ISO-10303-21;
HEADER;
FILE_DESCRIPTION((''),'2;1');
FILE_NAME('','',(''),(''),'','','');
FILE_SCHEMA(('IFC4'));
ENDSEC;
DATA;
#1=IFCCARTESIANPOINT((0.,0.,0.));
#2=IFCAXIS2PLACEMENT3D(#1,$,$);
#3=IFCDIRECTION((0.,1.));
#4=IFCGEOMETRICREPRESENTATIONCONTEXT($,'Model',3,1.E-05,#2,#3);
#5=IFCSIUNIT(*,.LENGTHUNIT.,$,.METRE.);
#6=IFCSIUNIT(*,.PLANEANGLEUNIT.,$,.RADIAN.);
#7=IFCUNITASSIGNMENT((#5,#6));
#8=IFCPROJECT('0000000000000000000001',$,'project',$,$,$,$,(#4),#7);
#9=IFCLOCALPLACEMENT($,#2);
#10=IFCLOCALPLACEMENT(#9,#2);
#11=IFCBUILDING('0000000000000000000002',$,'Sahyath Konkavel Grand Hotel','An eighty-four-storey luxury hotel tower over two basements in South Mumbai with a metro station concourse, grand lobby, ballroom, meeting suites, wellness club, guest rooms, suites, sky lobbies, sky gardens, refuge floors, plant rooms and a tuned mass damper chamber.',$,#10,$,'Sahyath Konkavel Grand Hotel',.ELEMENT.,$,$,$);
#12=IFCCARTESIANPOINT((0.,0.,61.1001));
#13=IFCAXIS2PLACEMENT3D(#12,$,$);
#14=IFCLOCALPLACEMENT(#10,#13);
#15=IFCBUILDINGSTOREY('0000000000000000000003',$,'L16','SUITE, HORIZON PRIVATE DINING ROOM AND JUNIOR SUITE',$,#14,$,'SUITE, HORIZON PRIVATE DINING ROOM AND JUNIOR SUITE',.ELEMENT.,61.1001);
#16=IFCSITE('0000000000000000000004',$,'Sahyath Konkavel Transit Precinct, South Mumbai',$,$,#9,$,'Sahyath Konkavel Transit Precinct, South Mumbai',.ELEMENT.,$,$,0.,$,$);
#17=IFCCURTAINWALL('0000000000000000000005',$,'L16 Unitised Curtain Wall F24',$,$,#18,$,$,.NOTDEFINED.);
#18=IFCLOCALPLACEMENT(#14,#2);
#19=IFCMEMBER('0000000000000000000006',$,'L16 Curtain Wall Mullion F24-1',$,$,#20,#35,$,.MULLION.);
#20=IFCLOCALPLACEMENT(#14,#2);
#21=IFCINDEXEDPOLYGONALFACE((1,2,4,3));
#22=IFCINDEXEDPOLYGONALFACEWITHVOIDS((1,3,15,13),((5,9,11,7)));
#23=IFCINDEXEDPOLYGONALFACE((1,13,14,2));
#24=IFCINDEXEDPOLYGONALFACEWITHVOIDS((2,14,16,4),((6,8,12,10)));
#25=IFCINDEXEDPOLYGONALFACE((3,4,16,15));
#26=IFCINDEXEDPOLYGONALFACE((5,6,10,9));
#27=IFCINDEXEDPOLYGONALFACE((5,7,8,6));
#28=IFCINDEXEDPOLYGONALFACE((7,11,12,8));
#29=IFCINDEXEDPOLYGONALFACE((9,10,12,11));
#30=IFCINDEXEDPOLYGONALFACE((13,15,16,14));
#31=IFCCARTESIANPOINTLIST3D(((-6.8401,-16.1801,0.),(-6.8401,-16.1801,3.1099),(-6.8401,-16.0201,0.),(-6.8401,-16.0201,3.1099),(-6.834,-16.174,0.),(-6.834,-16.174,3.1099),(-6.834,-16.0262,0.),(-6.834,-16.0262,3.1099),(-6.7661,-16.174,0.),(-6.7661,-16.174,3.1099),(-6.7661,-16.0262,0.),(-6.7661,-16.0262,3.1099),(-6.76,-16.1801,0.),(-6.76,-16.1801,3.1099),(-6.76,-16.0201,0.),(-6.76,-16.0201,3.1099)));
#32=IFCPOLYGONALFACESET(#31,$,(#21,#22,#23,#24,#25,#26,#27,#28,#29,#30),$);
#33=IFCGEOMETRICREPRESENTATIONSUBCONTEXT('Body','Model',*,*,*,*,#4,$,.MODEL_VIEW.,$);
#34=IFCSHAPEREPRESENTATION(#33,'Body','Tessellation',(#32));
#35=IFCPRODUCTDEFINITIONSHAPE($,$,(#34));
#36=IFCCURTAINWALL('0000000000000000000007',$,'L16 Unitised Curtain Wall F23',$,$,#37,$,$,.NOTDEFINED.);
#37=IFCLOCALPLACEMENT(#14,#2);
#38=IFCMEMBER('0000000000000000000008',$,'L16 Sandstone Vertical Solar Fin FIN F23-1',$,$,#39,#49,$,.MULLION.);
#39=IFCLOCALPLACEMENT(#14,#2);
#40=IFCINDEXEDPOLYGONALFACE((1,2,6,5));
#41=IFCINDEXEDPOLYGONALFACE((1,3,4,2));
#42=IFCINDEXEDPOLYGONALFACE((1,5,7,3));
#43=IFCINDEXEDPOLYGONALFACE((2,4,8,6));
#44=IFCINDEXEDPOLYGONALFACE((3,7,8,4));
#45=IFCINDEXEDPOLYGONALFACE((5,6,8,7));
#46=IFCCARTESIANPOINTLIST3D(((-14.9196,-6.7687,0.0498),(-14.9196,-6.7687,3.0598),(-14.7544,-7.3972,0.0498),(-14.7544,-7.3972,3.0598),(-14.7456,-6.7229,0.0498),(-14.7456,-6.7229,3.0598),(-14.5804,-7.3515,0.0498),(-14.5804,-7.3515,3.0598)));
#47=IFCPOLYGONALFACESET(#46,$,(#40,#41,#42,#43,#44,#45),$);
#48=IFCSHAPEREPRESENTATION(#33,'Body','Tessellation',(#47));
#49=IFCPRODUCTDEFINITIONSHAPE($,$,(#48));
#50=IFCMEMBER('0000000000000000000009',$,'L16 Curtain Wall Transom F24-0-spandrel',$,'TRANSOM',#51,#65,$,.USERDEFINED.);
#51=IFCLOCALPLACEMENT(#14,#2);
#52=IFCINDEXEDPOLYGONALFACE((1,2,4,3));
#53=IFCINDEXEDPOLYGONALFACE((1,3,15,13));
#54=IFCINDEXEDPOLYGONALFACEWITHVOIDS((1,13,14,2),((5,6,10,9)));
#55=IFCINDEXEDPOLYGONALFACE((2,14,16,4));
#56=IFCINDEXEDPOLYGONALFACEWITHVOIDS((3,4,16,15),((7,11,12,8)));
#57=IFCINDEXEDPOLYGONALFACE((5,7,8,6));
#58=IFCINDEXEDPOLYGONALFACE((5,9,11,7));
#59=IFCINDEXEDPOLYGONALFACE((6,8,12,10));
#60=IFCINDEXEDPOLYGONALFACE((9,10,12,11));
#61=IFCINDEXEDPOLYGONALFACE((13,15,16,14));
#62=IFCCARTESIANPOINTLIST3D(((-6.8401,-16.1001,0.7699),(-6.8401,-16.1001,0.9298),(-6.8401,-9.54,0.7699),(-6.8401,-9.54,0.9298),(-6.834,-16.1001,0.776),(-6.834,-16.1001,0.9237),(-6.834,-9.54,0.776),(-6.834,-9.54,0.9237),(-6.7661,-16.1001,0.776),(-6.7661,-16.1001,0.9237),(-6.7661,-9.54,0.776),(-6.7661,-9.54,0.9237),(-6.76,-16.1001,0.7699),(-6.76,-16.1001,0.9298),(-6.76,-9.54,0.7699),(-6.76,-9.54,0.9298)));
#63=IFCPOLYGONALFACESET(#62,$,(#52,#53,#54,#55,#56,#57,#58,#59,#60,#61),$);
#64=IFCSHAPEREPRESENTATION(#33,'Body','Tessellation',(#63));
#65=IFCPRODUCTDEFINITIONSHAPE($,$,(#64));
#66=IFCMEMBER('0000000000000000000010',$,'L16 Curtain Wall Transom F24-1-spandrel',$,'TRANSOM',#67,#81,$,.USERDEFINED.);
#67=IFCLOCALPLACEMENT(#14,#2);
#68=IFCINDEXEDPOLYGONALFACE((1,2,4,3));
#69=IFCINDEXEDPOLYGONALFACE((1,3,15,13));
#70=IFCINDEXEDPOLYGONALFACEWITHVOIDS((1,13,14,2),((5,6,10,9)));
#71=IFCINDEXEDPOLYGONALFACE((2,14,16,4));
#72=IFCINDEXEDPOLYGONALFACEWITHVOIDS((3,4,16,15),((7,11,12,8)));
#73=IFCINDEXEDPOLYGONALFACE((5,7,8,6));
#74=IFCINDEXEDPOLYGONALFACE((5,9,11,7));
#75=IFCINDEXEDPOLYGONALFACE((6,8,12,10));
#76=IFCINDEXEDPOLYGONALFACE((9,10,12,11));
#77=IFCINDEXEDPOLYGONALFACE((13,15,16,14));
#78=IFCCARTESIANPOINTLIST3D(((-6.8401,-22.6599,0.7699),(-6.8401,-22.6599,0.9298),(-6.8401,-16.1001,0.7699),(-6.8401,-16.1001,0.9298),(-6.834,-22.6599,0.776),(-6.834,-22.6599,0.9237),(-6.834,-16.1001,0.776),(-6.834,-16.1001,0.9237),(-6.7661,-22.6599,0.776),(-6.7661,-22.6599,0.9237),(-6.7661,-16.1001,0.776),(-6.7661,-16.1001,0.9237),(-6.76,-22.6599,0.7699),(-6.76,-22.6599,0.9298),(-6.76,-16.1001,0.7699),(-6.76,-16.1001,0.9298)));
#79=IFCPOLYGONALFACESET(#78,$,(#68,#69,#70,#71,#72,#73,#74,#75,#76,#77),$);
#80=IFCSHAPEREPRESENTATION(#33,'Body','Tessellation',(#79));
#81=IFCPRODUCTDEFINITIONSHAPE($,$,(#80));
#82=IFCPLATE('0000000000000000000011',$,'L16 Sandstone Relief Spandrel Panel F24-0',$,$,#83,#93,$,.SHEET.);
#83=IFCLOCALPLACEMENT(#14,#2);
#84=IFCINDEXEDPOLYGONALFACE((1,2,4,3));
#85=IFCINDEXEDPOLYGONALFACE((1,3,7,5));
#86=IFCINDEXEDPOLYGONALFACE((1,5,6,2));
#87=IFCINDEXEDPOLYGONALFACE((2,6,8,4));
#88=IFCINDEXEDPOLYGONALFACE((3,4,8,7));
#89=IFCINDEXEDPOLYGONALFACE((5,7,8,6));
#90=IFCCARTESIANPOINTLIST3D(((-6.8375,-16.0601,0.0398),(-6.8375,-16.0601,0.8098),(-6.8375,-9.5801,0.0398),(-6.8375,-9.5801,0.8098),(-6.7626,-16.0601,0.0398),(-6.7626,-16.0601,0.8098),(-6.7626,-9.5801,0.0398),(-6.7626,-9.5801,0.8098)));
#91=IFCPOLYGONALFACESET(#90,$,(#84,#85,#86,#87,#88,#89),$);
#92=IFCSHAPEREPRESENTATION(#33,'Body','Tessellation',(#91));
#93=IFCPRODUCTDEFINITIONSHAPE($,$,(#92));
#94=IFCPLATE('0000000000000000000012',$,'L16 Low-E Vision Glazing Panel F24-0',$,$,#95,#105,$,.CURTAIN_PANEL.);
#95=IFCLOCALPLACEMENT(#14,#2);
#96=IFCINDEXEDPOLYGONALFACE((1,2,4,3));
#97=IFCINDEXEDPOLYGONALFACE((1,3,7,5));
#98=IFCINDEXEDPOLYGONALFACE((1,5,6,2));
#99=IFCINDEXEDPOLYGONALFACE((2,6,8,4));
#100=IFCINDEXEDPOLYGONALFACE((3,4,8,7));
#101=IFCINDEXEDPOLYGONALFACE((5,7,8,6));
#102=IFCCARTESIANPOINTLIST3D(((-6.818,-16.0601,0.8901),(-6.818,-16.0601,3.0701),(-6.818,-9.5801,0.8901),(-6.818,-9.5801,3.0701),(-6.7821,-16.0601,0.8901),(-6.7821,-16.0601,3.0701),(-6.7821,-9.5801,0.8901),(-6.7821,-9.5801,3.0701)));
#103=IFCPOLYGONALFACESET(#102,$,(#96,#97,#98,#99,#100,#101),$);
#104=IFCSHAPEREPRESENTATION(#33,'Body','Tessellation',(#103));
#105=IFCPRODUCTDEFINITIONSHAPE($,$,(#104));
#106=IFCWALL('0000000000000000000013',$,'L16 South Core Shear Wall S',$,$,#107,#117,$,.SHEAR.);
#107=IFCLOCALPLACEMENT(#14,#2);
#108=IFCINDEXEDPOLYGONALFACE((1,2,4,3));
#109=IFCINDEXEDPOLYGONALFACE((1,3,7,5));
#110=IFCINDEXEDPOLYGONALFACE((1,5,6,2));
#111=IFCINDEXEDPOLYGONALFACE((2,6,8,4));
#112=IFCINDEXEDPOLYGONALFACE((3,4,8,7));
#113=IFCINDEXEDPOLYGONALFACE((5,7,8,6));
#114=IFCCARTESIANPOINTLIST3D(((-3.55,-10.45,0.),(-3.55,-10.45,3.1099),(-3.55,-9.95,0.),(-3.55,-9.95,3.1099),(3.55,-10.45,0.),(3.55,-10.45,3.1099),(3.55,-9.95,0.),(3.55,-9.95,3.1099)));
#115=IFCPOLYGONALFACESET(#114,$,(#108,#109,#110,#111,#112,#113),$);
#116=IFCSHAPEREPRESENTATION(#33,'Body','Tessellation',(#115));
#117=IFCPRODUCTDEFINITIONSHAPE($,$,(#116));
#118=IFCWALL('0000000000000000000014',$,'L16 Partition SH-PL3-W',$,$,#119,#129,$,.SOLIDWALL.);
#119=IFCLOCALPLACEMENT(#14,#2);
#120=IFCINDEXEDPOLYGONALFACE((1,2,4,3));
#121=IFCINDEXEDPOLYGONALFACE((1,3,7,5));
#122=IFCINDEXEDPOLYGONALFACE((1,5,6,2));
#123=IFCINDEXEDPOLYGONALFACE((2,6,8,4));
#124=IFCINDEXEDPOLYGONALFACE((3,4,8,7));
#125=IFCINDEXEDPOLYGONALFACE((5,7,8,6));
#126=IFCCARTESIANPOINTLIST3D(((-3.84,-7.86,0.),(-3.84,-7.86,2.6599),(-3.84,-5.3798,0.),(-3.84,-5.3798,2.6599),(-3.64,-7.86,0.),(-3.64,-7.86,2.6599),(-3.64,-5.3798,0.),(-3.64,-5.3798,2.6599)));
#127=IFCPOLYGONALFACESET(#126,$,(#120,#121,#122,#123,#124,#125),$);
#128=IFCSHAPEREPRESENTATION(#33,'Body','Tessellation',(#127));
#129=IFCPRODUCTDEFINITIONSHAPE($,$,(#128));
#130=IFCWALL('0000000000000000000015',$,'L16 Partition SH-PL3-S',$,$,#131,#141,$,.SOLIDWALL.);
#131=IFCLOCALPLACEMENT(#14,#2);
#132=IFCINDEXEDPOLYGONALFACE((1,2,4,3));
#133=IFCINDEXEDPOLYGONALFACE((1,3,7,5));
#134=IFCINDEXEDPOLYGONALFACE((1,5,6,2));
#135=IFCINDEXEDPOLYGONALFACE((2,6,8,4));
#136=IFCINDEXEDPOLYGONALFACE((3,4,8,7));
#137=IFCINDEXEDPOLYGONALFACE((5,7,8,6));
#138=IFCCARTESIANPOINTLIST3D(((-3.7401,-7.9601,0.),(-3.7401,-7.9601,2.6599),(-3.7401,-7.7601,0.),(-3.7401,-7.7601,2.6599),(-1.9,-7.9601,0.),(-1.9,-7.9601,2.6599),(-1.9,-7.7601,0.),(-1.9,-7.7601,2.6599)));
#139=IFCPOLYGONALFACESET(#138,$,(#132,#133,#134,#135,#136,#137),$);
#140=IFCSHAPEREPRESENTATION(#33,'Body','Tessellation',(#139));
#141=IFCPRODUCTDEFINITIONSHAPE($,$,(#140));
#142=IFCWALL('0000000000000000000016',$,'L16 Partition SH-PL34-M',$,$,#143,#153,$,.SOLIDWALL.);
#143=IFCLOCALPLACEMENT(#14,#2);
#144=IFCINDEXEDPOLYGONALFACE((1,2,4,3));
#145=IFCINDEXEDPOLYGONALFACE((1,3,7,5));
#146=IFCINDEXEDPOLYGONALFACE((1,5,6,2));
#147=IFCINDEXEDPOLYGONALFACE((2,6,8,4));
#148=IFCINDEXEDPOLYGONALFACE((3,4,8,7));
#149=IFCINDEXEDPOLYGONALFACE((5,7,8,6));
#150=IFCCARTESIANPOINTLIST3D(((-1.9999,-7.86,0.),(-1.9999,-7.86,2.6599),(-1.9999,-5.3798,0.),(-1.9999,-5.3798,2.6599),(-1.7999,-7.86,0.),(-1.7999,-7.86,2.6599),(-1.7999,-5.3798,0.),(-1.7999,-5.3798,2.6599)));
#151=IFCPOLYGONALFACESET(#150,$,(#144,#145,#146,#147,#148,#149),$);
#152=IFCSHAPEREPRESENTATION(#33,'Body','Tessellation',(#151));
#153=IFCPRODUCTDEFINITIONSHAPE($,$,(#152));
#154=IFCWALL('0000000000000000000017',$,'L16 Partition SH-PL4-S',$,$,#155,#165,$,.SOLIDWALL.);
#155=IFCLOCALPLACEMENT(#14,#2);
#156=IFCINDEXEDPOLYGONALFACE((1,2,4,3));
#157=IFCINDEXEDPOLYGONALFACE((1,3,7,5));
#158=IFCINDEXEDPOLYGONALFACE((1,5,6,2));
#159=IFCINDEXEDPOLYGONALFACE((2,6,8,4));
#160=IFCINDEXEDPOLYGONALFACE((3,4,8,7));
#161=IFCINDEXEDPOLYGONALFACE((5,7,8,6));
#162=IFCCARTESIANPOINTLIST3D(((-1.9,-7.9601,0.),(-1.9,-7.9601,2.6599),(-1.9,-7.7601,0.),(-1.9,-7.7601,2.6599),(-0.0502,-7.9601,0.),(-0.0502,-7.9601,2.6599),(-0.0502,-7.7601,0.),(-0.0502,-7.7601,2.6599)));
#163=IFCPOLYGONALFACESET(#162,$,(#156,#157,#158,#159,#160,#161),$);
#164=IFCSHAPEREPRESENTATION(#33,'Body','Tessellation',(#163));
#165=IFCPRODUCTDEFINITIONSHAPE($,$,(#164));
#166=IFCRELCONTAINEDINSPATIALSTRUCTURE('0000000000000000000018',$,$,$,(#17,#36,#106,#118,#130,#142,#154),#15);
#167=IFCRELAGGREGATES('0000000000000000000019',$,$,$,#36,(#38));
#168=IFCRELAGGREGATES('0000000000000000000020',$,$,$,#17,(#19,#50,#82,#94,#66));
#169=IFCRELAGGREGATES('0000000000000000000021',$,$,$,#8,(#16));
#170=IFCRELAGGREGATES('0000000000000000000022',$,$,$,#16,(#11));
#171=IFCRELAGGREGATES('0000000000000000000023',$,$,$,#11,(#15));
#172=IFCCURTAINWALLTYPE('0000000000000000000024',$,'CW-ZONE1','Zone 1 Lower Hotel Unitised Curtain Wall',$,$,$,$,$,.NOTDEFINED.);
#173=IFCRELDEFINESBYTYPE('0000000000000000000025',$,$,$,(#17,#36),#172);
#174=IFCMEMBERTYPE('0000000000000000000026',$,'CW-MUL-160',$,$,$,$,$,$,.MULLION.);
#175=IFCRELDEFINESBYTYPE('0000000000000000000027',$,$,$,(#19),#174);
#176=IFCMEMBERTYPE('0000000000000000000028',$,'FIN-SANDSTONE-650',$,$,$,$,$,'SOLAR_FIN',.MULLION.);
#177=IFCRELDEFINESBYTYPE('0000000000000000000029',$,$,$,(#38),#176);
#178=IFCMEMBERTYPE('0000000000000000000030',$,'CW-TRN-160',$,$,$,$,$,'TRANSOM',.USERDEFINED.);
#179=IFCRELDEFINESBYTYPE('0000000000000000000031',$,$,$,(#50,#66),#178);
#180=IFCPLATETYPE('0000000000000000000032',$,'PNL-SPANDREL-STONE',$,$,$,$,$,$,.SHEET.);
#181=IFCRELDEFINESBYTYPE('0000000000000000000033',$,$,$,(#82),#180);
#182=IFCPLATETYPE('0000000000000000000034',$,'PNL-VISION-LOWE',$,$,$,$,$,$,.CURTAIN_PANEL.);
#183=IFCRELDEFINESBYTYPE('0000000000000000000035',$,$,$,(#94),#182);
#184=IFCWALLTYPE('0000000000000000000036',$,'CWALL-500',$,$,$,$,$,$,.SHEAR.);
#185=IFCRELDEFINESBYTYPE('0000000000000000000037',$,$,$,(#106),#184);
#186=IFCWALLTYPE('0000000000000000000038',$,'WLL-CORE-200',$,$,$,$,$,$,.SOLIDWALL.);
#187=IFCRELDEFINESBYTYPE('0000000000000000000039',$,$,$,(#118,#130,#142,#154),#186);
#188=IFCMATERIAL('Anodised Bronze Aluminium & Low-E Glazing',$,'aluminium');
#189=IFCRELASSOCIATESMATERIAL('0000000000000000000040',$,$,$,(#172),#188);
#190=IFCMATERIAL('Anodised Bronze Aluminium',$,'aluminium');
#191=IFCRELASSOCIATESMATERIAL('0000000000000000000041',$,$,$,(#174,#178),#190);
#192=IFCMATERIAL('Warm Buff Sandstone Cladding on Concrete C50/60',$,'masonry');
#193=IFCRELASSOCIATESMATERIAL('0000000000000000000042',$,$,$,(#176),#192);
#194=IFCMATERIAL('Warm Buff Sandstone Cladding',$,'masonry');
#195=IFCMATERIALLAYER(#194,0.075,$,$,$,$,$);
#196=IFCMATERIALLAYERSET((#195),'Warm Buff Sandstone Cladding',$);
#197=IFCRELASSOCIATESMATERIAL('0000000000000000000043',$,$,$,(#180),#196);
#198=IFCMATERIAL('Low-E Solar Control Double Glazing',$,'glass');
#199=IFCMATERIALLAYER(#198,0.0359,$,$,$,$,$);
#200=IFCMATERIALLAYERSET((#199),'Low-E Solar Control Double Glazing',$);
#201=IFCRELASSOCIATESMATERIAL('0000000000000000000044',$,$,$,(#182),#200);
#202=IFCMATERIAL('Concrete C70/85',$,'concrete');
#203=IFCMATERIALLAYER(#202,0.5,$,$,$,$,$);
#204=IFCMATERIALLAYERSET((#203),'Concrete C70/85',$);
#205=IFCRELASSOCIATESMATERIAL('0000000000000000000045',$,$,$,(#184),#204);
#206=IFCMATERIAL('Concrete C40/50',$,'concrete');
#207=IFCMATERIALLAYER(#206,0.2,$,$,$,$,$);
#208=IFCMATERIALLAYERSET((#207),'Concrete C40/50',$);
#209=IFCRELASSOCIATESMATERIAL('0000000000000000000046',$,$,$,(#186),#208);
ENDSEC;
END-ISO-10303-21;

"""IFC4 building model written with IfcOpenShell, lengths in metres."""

from ifc_helpers import new_model, si_unit, direction, frame, frame_2d, origin, origin_2d, place, context, subcontext, project, spatial, rectangle, hollow_rectangle, extrude, source, transform, mapped, material, layer, layer_set, material_profile, profile_set, type_object, element, aggregate, save


model = new_model("IFC4")

# Units and contexts
model_context = context("Model", 3, precision=1e-05, world=origin(), true_north=direction((0.0, 1.0)))
body_context = subcontext(model_context, "Body", "Model", "MODEL_VIEW")
ifc_project = project(units=[si_unit("LENGTHUNIT", "METRE"), si_unit("PLANEANGLEUNIT", "RADIAN")], contexts=[model_context])

# Site, building, storey
site_placement = place(None, origin())
site = spatial("IfcSite", under=ifc_project, at=site_placement, Name="Sahyath Konkavel Transit Precinct, South Mumbai", LongName="Sahyath Konkavel Transit Precinct, South Mumbai", CompositionType="ELEMENT", RefElevation=0.0)
building_placement = place(site_placement, origin())
building = spatial("IfcBuilding", under=site, at=building_placement, Name="Sahyath Konkavel Grand Hotel", Description="An eighty-four-storey luxury hotel tower over two basements in South Mumbai with a metro station concourse, grand lobby, ballroom, meeting suites, wellness club, guest rooms, suites, sky lobbies, sky gardens, refuge floors, plant rooms and a tuned mass damper chamber.", LongName="Sahyath Konkavel Grand Hotel", CompositionType="ELEMENT")
storey_placement = place(building_placement, frame((0.0, 0.0, 61.1001)))
storey = spatial("IfcBuildingStorey", under=building, at=storey_placement, Name="L16", Description="SUITE, HORIZON PRIVATE DINING ROOM AND JUNIOR SUITE", LongName="SUITE, HORIZON PRIVATE DINING ROOM AND JUNIOR SUITE", CompositionType="ELEMENT", Elevation=61.1001)

# Shared definitions
ifc_material_1 = material(Name="Concrete C70/85", Category="concrete")

# Curtain wall, member
ifc_material_2 = material(Name="Anodised Bronze Aluminium & Low-E Glazing", Category="aluminium")
curtain_wall_type = type_object("IfcCurtainWallType", Name="CW-ZONE1", Description="Zone 1 Lower Hotel Unitised Curtain Wall", PredefinedType="NOTDEFINED", material=ifc_material_2)
curtain_wall_1_placement = place(storey_placement, origin())
curtain_wall_1 = element("IfcCurtainWall", 1, at=curtain_wall_1_placement, inside=storey, type_object=curtain_wall_type, Name="L16 Unitised Curtain Wall F24", PredefinedType="NOTDEFINED")
ifc_material_3 = material(Name="Anodised Bronze Aluminium", Category="aluminium")
ifc_material_profile_1 = material_profile(ifc_material_3, hollow_rectangle(XDim=0.0801, YDim=0.1599, WallThickness=0.0061, at=origin_2d()), Name="RHS 160x80x6")
ifc_profile_set_1 = profile_set([ifc_material_profile_1], Name="Anodised Bronze Aluminium")
member_type_1 = type_object("IfcMemberType", Name="CW-MUL-160", PredefinedType="MULLION", material=ifc_profile_set_1)
shared_shape_1 = source(origin(), body_context, "Body", "SweptSolid", [
    extrude(hollow_rectangle(XDim=0.0801, YDim=0.1599, WallThickness=0.0061, at=origin_2d()), origin(), (0.0, 0.0, 1.0), 3.1099),
])
member_1_placement = place(storey_placement, frame((-6.8, -16.1001, 0.0), z_axis=(0.0, 0.0, 1.0), x_axis=(1.0, 0.0, 0.0)))
member_1 = element("IfcMember", 2, at=member_1_placement, type_object=member_type_1, Name="L16 Curtain Wall Mullion F24-1", PredefinedType="MULLION", context=body_context, shape_type="MappedRepresentation", body=[
    mapped(shared_shape_1, transform((0.0, 0.0, 0.0), scale=1.0)),
])

# Curtain wall, member
curtain_wall_2_placement = place(storey_placement, origin())
curtain_wall_2 = element("IfcCurtainWall", 3, at=curtain_wall_2_placement, inside=storey, type_object=curtain_wall_type, Name="L16 Unitised Curtain Wall F23", PredefinedType="NOTDEFINED")
ifc_material_4 = material(Name="Warm Buff Sandstone Cladding on Concrete C50/60", Category="masonry")
ifc_material_profile_2 = material_profile(ifc_material_4, rectangle(XDim=0.1799, YDim=0.6499, at=origin_2d()), Name="FIN 180x650")
ifc_profile_set_2 = profile_set([ifc_material_profile_2], Name="Warm Buff Sandstone Cladding on Concrete C50/60")
member_type_2 = type_object("IfcMemberType", Name="FIN-SANDSTONE-650", ElementType="SOLAR_FIN", PredefinedType="MULLION", material=ifc_profile_set_2)
shared_shape_2 = source(origin(), body_context, "Body", "SweptSolid", [
    extrude(rectangle(XDim=0.1799, YDim=0.6499, at=origin_2d()), origin(), (0.0, 0.0, 1.0), 3.01),
])
member_2_placement = place(storey_placement, frame((-14.75, -7.0601, 0.0498), z_axis=(0.0, 0.0, 1.0), x_axis=(0.967135, 0.254264, 0.0)))
member_2 = element("IfcMember", 4, at=member_2_placement, type_object=member_type_2, Name="L16 Sandstone Vertical Solar Fin FIN F23-1", PredefinedType="MULLION", context=body_context, shape_type="MappedRepresentation", body=[
    mapped(shared_shape_2, transform((0.0, 0.0, 0.0), scale=1.0)),
])
aggregate(curtain_wall_2, [member_2])

# Members
ifc_material_profile_3 = material_profile(ifc_material_3, hollow_rectangle(XDim=0.0801, YDim=0.1599, WallThickness=0.0061, at=origin_2d()), Name="RHS 160x80x6")
ifc_profile_set_3 = profile_set([ifc_material_profile_3], Name="Anodised Bronze Aluminium")
member_type_3 = type_object("IfcMemberType", Name="CW-TRN-160", ElementType="TRANSOM", PredefinedType="USERDEFINED", material=ifc_profile_set_3)
shared_shape_3 = source(origin(), body_context, "Body", "SweptSolid", [
    extrude(hollow_rectangle(XDim=0.0801, YDim=0.1599, WallThickness=0.0061, at=origin_2d()), origin(), (0.0, 0.0, 1.0), 6.5601),
])
member_3_placement = place(storey_placement, frame((-6.8, -9.54, 0.8499), z_axis=(0.0, -1.0, 0.0), x_axis=(1.0, 0.0, 0.0)))
member_3 = element("IfcMember", 5, at=member_3_placement, type_object=member_type_3, Name="L16 Curtain Wall Transom F24-0-spandrel", ObjectType="TRANSOM", PredefinedType="USERDEFINED", context=body_context, shape_type="MappedRepresentation", body=[
    mapped(shared_shape_3, transform((0.0, 0.0, 0.0), scale=1.0)),
])
shared_shape_4 = source(origin(), body_context, "Body", "SweptSolid", [
    extrude(hollow_rectangle(XDim=0.0801, YDim=0.1599, WallThickness=0.0061, at=origin_2d()), origin(), (0.0, 0.0, 1.0), 6.5598),
])
member_4_placement = place(storey_placement, frame((-6.8, -16.1001, 0.8499), z_axis=(0.0, -1.0, 0.0), x_axis=(1.0, 0.0, 0.0)))
member_4 = element("IfcMember", 6, at=member_4_placement, type_object=member_type_3, Name="L16 Curtain Wall Transom F24-1-spandrel", ObjectType="TRANSOM", PredefinedType="USERDEFINED", context=body_context, shape_type="MappedRepresentation", body=[
    mapped(shared_shape_4, transform((0.0, 0.0, 0.0), scale=1.0)),
])

# Plates
ifc_material_5 = material(Name="Warm Buff Sandstone Cladding", Category="masonry")
ifc_layer_1 = layer(ifc_material_5, 0.075)
ifc_layer_set_1 = layer_set([ifc_layer_1], Name="Warm Buff Sandstone Cladding")
plate_type_1 = type_object("IfcPlateType", Name="PNL-SPANDREL-STONE", PredefinedType="SHEET", material=ifc_layer_set_1)
shared_shape_5 = source(origin(), body_context, "Body", "SweptSolid", [
    extrude(rectangle(XDim=6.48, YDim=0.075, at=origin_2d()), origin(), (0.0, 0.0, 1.0), 0.77),
])
plate_1_placement = place(storey_placement, frame((-6.8, -12.8201, 0.0398), z_axis=(0.0, 0.0, 1.0), x_axis=(0.0, -1.0, 0.0)))
plate_1 = element("IfcPlate", 7, at=plate_1_placement, type_object=plate_type_1, Name="L16 Sandstone Relief Spandrel Panel F24-0", PredefinedType="SHEET", context=body_context, shape_type="MappedRepresentation", body=[
    mapped(shared_shape_5, transform((0.0, 0.0, 0.0), scale=1.0)),
])
ifc_material_6 = material(Name="Low-E Solar Control Double Glazing", Category="glass")
ifc_layer_2 = layer(ifc_material_6, 0.0359)
ifc_layer_set_2 = layer_set([ifc_layer_2], Name="Low-E Solar Control Double Glazing")
plate_type_2 = type_object("IfcPlateType", Name="PNL-VISION-LOWE", PredefinedType="CURTAIN_PANEL", material=ifc_layer_set_2)
shared_shape_6 = source(origin(), body_context, "Body", "SweptSolid", [
    extrude(rectangle(XDim=6.48, YDim=0.0359, at=origin_2d()), origin(), (0.0, 0.0, 1.0), 2.1799),
])
plate_2_placement = place(storey_placement, frame((-6.8, -12.8201, 0.8901), z_axis=(0.0, 0.0, 1.0), x_axis=(0.0, -1.0, 0.0)))
plate_2 = element("IfcPlate", 8, at=plate_2_placement, type_object=plate_type_2, Name="L16 Low-E Vision Glazing Panel F24-0", PredefinedType="CURTAIN_PANEL", context=body_context, shape_type="MappedRepresentation", body=[
    mapped(shared_shape_6, transform((0.0, 0.0, 0.0), scale=1.0)),
])
aggregate(curtain_wall_1, [member_1, member_3, plate_1, plate_2, member_4])

# Walls
ifc_layer_3 = layer(ifc_material_1, 0.5)
ifc_layer_set_3 = layer_set([ifc_layer_3], Name="Concrete C70/85")
wall_type_1 = type_object("IfcWallType", Name="CWALL-500", PredefinedType="SHEAR", material=ifc_layer_set_3)
wall_1_placement = place(storey_placement, frame((-3.55, -10.2, 0.0), z_axis=(0.0, 0.0, 1.0), x_axis=(1.0, 0.0, 0.0)))
element("IfcWall", 9, at=wall_1_placement, inside=storey, type_object=wall_type_1, Name="L16 South Core Shear Wall S", PredefinedType="SHEAR", context=body_context, shape_type="SweptSolid", body=[
    extrude(rectangle(XDim=7.1001, YDim=0.5, at=frame_2d((3.55, 0.0))), origin(), (0.0, 0.0, 1.0), 3.1099),
])
ifc_material_7 = material(Name="Concrete C40/50", Category="concrete")
ifc_layer_4 = layer(ifc_material_7, 0.2)
ifc_layer_set_4 = layer_set([ifc_layer_4], Name="Concrete C40/50")
wall_type_2 = type_object("IfcWallType", Name="WLL-CORE-200", PredefinedType="SOLIDWALL", material=ifc_layer_set_4)
wall_2_placement = place(storey_placement, frame((-3.74, -7.8601, 0.0), z_axis=(0.0, 0.0, 1.0), x_axis=(0.0, 1.0, 0.0)))
element("IfcWall", 10, at=wall_2_placement, inside=storey, type_object=wall_type_2, Name="L16 Partition SH-PL3-W", PredefinedType="SOLIDWALL", context=body_context, shape_type="SweptSolid", body=[
    extrude(rectangle(XDim=2.4802, YDim=0.2, at=frame_2d((1.2402, 0.0))), origin(), (0.0, 0.0, 1.0), 2.6599),
])
wall_3_placement = place(storey_placement, frame((-3.74, -7.8601, 0.0), z_axis=(0.0, 0.0, 1.0), x_axis=(1.0, 0.0, 0.0)))
element("IfcWall", 11, at=wall_3_placement, inside=storey, type_object=wall_type_2, Name="L16 Partition SH-PL3-S", PredefinedType="SOLIDWALL", context=body_context, shape_type="SweptSolid", body=[
    extrude(rectangle(XDim=1.8401, YDim=0.2, at=frame_2d((0.9199, 0.0))), origin(), (0.0, 0.0, 1.0), 2.6599),
])
wall_4_placement = place(storey_placement, frame((-1.8999, -7.8601, 0.0), z_axis=(0.0, 0.0, 1.0), x_axis=(0.0, 1.0, 0.0)))
element("IfcWall", 12, at=wall_4_placement, inside=storey, type_object=wall_type_2, Name="L16 Partition SH-PL34-M", PredefinedType="SOLIDWALL", context=body_context, shape_type="SweptSolid", body=[
    extrude(rectangle(XDim=2.4802, YDim=0.2, at=frame_2d((1.2402, 0.0))), origin(), (0.0, 0.0, 1.0), 2.6599),
])
wall_5_placement = place(storey_placement, frame((-1.8999, -7.8601, 0.0), z_axis=(0.0, 0.0, 1.0), x_axis=(1.0, 0.0, 0.0)))
element("IfcWall", 13, at=wall_5_placement, inside=storey, type_object=wall_type_2, Name="L16 Partition SH-PL4-S", PredefinedType="SOLIDWALL", context=body_context, shape_type="SweptSolid", body=[
    extrude(rectangle(XDim=1.8499, YDim=0.2, at=frame_2d((0.9248, 0.0))), origin(), (0.0, 0.0, 1.0), 2.6599),
])

save(model, "model.ifc")
